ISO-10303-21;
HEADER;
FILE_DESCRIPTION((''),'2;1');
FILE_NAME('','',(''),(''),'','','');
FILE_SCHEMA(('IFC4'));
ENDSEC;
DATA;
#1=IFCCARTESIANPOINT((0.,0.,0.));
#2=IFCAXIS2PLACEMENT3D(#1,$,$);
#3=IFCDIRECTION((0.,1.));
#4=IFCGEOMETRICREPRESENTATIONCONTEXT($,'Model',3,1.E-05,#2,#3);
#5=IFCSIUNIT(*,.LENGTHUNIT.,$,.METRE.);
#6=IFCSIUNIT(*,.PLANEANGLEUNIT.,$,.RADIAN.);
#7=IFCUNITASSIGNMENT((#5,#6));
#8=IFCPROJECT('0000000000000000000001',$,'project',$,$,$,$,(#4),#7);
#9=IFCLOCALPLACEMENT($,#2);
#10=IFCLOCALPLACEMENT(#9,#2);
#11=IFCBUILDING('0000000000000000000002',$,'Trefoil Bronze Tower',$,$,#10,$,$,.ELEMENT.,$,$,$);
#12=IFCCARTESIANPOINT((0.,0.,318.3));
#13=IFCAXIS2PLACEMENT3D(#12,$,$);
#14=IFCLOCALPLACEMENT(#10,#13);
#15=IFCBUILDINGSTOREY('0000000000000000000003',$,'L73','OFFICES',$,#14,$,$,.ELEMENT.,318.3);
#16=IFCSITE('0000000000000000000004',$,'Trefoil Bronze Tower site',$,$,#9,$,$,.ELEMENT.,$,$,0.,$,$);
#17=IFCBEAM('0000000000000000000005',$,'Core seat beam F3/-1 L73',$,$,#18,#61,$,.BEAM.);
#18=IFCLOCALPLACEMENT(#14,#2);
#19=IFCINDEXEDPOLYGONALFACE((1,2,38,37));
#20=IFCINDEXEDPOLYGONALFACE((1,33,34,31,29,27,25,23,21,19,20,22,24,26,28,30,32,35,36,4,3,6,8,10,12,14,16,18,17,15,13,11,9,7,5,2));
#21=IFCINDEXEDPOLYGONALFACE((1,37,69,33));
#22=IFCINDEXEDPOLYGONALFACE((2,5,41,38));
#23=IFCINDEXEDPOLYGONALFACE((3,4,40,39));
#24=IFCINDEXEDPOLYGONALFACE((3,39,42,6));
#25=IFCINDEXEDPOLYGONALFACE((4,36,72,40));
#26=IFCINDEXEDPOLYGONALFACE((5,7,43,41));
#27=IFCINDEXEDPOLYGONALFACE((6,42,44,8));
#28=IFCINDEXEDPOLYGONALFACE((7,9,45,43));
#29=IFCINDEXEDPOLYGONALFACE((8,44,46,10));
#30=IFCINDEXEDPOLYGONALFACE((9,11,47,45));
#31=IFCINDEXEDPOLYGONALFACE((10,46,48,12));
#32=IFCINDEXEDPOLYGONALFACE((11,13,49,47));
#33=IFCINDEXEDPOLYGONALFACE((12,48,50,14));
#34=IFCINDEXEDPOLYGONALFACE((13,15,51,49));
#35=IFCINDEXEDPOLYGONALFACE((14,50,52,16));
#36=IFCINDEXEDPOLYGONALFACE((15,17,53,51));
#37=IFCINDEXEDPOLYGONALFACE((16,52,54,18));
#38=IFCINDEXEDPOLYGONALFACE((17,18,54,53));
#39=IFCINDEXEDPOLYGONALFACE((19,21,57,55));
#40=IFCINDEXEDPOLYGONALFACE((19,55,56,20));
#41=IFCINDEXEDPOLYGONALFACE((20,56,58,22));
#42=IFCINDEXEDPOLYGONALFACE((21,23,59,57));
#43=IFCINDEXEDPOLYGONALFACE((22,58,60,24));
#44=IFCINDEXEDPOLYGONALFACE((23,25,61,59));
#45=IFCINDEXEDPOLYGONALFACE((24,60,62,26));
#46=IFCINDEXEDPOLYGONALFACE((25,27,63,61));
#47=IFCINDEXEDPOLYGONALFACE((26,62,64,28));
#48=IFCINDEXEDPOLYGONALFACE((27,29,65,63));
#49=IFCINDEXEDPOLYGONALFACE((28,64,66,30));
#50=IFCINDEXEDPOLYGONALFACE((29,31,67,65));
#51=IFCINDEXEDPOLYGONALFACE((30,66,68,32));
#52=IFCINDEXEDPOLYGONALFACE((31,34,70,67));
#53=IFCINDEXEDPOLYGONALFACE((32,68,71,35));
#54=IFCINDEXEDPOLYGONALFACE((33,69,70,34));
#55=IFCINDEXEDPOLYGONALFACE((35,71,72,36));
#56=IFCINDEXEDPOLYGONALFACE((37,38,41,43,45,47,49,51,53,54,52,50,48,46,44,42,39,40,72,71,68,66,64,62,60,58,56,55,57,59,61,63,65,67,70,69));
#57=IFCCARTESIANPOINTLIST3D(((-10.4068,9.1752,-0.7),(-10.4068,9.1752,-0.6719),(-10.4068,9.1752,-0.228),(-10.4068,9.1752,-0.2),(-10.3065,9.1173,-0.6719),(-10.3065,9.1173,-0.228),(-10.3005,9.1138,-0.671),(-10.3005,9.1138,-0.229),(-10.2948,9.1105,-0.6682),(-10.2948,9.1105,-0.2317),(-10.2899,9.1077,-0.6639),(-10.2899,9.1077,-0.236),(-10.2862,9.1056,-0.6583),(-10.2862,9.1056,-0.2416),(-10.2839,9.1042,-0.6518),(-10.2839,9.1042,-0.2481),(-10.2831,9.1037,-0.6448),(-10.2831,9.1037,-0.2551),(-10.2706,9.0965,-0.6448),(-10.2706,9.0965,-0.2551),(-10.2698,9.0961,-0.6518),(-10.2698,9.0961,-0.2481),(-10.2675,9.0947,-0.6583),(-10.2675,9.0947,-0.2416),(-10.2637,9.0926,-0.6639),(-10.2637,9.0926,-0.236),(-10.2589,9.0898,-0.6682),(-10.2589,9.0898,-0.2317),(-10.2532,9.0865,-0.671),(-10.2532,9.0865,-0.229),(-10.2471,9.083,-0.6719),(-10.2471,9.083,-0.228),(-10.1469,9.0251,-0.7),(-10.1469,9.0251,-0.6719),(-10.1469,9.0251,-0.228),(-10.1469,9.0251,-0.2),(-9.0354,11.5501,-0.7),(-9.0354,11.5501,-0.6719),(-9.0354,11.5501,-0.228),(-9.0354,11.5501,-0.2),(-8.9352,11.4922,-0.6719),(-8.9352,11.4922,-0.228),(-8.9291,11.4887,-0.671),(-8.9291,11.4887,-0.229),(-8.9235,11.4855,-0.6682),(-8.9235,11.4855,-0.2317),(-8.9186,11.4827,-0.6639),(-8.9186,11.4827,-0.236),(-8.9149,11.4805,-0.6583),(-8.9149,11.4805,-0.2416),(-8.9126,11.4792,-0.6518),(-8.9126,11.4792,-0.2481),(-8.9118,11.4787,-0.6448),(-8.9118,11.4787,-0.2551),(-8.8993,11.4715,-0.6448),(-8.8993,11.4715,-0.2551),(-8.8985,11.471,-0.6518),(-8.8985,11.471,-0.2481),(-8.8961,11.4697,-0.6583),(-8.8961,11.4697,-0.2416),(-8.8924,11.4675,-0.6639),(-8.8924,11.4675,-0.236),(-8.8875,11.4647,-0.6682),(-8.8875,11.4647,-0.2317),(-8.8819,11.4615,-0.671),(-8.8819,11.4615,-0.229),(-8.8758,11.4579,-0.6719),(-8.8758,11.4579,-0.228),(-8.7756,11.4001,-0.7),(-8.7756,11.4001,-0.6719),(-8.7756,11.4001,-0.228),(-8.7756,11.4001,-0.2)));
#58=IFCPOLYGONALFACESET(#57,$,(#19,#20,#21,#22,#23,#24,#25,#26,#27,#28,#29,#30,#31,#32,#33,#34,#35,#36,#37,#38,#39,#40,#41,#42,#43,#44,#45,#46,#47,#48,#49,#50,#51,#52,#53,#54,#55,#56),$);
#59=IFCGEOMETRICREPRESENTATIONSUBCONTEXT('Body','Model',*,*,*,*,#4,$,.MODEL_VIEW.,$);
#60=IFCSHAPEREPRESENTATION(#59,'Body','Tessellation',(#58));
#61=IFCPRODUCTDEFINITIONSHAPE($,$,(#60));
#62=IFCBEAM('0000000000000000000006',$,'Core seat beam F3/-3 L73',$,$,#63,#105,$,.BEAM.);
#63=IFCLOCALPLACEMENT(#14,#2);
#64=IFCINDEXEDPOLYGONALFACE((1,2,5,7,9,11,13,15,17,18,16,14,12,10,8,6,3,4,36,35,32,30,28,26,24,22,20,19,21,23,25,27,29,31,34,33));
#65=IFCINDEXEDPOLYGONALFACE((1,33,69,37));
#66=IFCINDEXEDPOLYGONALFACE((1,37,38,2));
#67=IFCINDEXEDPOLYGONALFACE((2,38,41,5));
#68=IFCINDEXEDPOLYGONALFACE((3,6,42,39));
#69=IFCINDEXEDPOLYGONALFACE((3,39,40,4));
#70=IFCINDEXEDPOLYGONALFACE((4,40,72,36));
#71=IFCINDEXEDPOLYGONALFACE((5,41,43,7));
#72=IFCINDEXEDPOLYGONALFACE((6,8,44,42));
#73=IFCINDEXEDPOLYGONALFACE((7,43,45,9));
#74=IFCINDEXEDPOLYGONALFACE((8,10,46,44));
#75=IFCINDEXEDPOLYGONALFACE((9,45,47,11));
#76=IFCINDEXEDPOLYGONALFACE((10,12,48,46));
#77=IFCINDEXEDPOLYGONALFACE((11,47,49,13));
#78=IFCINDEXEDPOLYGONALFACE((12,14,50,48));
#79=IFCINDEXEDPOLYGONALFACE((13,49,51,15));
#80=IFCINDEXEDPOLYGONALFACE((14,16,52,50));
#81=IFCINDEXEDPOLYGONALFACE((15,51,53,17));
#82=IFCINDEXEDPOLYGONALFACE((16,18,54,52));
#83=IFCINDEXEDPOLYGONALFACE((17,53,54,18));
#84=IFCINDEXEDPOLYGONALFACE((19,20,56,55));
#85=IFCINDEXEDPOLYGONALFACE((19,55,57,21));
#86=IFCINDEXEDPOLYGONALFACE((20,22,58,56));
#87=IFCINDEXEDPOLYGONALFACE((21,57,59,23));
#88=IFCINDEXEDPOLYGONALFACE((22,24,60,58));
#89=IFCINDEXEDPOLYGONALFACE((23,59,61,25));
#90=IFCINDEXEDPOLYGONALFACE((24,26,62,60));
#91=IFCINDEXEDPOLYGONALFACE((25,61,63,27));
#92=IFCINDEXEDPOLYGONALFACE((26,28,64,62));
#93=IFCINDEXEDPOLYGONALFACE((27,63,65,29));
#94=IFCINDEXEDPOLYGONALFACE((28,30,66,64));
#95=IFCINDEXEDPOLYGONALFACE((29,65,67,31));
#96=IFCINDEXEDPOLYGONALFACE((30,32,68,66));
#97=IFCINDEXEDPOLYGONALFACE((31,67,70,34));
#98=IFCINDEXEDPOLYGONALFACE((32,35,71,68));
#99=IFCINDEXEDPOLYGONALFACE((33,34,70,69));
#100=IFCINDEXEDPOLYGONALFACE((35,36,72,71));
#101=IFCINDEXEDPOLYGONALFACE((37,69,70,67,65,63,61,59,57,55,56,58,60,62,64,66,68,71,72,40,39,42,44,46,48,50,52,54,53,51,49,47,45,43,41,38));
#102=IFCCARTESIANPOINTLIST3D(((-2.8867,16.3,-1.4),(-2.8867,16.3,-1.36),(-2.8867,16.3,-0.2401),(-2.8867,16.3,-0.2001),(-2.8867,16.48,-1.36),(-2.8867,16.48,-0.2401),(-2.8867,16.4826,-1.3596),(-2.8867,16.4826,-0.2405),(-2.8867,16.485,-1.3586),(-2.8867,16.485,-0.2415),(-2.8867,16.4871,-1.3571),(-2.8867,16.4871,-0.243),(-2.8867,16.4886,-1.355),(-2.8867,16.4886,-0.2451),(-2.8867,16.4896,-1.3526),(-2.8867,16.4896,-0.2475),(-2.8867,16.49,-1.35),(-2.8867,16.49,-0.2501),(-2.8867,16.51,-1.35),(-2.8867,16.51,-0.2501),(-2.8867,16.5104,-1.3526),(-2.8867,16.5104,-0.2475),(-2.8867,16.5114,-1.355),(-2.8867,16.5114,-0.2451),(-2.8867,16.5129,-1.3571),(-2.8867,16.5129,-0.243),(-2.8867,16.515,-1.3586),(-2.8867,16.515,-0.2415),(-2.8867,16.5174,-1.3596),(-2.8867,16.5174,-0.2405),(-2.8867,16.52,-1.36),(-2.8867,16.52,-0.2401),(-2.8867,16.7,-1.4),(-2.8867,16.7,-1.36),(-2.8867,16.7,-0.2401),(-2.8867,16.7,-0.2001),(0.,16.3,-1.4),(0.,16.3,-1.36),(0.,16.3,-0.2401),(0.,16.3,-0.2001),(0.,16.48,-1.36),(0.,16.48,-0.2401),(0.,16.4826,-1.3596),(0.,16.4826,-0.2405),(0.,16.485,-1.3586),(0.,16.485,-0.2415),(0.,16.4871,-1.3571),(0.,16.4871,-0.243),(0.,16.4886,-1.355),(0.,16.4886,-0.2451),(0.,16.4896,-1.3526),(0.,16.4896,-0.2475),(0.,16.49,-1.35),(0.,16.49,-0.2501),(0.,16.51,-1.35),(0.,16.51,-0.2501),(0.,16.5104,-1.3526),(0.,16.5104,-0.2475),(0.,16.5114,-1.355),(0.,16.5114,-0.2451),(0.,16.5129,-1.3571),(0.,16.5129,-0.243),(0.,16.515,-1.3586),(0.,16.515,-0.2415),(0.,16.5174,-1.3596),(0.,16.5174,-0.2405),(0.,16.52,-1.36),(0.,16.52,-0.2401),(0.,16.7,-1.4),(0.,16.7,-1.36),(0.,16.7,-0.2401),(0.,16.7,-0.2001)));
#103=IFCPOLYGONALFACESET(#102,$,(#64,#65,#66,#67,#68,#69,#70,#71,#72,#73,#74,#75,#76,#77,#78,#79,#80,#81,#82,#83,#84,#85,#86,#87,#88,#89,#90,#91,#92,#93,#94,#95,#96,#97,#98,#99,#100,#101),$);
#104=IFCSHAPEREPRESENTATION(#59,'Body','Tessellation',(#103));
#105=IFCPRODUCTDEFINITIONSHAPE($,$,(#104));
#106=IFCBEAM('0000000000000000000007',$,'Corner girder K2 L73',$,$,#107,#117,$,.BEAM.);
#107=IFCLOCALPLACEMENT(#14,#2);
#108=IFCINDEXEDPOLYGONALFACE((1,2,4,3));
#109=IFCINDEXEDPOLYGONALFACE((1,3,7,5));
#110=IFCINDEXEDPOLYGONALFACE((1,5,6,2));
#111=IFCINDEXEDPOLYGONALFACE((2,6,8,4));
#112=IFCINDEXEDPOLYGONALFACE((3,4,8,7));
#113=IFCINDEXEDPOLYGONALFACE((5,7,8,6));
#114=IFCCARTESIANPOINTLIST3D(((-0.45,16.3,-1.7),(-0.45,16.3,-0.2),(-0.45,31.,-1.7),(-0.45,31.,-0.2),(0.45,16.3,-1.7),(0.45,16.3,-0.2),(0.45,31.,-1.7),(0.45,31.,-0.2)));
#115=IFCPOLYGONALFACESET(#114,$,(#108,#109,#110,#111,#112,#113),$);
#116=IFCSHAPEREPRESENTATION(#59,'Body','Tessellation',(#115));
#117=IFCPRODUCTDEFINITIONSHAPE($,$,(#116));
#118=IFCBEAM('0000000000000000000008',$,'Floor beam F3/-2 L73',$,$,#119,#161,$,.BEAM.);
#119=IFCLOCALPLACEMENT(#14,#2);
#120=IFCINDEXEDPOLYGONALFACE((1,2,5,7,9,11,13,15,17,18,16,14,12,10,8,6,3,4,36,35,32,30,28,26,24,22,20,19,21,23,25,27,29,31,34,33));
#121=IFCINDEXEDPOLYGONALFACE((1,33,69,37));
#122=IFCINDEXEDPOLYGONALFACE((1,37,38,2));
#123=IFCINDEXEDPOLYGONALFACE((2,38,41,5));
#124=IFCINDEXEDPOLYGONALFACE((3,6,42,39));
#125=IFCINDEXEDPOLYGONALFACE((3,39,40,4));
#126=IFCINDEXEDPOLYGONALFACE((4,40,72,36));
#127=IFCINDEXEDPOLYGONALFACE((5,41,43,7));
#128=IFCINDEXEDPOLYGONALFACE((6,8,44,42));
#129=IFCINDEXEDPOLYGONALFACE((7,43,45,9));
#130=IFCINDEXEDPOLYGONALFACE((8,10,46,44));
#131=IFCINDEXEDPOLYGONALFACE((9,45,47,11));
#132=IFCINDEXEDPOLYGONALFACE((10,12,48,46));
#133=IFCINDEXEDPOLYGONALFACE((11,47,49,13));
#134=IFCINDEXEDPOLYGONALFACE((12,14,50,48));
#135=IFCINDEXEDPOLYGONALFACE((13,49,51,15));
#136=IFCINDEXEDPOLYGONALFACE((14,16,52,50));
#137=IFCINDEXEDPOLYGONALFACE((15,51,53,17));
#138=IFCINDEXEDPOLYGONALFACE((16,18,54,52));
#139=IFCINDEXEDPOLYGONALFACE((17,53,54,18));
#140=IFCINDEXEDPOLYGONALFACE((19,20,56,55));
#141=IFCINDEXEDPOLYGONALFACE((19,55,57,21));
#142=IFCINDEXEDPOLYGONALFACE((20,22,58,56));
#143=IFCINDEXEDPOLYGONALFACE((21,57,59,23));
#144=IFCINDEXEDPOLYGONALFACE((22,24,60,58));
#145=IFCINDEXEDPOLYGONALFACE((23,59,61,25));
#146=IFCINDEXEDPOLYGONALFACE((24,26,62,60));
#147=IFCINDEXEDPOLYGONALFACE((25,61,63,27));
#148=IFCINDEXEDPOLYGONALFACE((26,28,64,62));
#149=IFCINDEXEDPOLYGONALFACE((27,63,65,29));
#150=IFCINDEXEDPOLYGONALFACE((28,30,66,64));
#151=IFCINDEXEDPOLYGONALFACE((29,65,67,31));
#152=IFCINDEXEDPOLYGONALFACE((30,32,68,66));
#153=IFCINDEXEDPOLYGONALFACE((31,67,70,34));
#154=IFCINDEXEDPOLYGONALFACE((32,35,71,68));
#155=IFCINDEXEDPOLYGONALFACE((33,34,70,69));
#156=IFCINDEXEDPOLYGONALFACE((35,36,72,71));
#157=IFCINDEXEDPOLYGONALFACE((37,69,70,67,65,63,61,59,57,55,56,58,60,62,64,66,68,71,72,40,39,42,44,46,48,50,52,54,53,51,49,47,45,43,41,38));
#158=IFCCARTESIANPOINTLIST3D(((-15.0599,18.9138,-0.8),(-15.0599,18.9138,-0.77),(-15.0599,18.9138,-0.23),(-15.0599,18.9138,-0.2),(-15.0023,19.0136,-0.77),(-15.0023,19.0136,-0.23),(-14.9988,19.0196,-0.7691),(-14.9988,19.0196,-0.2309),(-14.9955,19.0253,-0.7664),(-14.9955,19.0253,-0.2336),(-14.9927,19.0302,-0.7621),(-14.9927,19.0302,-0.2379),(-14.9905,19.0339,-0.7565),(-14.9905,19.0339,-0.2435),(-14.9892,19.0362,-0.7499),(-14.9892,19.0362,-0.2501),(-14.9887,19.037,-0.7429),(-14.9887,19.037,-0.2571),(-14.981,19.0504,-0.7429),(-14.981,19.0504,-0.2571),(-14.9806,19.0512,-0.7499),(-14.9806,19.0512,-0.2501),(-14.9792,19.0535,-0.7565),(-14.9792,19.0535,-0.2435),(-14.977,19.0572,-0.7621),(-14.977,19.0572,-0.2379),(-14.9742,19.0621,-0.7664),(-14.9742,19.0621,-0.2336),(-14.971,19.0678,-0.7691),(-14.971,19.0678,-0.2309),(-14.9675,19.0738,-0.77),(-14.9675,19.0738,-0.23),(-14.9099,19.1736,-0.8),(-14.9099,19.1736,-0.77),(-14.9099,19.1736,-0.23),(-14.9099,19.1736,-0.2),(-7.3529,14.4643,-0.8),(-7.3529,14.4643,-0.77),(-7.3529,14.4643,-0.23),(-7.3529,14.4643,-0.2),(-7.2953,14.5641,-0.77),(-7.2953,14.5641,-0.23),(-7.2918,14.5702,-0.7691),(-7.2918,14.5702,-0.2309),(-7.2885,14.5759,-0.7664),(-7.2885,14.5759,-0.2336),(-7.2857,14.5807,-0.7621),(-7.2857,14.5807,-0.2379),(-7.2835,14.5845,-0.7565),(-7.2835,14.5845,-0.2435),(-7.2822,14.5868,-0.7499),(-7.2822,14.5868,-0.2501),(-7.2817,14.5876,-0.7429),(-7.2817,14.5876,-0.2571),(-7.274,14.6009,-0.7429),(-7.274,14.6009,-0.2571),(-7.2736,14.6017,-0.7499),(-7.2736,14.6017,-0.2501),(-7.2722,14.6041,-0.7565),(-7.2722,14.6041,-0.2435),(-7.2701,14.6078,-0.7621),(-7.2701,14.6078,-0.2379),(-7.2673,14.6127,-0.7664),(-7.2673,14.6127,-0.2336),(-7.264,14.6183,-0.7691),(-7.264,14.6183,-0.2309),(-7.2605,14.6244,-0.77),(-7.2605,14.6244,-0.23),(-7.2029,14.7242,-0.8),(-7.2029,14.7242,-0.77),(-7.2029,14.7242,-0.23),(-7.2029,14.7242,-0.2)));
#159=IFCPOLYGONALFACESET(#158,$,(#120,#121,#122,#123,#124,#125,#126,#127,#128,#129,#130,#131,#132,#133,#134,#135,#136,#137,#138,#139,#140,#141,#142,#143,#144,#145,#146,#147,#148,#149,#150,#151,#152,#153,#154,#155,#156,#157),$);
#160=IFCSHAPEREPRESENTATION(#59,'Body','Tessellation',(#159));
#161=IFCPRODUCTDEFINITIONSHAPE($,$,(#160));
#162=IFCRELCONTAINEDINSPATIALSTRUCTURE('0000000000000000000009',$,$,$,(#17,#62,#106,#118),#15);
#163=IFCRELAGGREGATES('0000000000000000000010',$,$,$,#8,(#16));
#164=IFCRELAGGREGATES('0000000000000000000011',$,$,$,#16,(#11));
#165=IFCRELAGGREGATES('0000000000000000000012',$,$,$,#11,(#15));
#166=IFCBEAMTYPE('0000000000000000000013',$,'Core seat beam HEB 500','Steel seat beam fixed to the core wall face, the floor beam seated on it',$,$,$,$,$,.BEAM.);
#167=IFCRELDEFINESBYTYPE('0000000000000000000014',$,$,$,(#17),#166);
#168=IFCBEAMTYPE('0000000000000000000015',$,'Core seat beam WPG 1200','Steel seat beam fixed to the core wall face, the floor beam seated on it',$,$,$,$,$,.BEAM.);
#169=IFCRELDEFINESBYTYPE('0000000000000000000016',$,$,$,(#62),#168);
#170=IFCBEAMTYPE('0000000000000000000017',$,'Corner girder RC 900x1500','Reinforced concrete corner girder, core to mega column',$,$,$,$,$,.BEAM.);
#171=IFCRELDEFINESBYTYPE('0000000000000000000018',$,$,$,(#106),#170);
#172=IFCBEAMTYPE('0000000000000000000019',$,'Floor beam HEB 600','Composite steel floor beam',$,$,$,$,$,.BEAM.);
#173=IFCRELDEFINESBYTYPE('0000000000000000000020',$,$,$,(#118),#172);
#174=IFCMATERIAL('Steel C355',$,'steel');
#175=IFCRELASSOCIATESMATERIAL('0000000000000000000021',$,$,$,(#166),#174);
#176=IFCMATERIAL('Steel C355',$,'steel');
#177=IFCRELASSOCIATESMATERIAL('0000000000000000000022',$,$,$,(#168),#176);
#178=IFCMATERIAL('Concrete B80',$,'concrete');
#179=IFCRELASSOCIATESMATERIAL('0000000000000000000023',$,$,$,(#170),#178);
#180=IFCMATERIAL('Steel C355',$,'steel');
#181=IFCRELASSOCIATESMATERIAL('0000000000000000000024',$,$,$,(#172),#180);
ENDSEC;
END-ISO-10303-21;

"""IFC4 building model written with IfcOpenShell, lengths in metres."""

from ifc_helpers import new_model, si_unit, direction, frame, origin, origin_2d, place, context, subcontext, project, spatial, rectangle, i_section, extrude, material, material_profile, profile_set, type_object, element, save


model = new_model("IFC4")

# Units and contexts
model_context = context("Model", 3, precision=1e-05, world=origin(), true_north=direction((0.0, 1.0)))
body_context = subcontext(model_context, "Body", "Model", "MODEL_VIEW")
ifc_project = project(units=[si_unit("LENGTHUNIT", "METRE"), si_unit("PLANEANGLEUNIT", "RADIAN")], contexts=[model_context])

# Site, building, storey
site_placement = place(None, origin())
site = spatial("IfcSite", under=ifc_project, at=site_placement, Name="Trefoil Bronze Tower site", CompositionType="ELEMENT", RefElevation=0.0)
building_placement = place(site_placement, origin())
building = spatial("IfcBuilding", under=site, at=building_placement, Name="Trefoil Bronze Tower", CompositionType="ELEMENT")
storey_placement = place(building_placement, frame((0.0, 0.0, 318.3)))
storey = spatial("IfcBuildingStorey", under=building, at=storey_placement, Name="L73", Description="OFFICES", CompositionType="ELEMENT", Elevation=318.3)

# Beams
ifc_material_1 = material(Name="Steel C355", Category="steel")
ifc_material_profile_1 = material_profile(ifc_material_1, i_section(OverallWidth=0.3, OverallDepth=0.5, WebThickness=0.0144, FlangeThickness=0.0281, FilletRadius=0.0271, at=origin_2d()), Name="HEB 500")
ifc_profile_set_1 = profile_set([ifc_material_profile_1], Name="Steel C355")
beam_type_1 = type_object("IfcBeamType", Name="Core seat beam HEB 500", Description="Steel seat beam fixed to the core wall face, the floor beam seated on it", PredefinedType="BEAM", material=ifc_profile_set_1)
for number, where, z_axis, x_axis, name in (
    (1, (-8.9055, 11.4751, -0.45), (-0.500036, -0.866005, 0.0), (0.866005, -0.500036, 0.0), "Core seat beam F3/-1 L73"),
):
    element("IfcBeam", number, at=place(storey_placement, frame(where, z_axis=z_axis, x_axis=x_axis)), inside=storey, type_object=beam_type_1, Name=name, PredefinedType="BEAM", context=body_context, shape_type="SweptSolid", body=[
        extrude(i_section(OverallWidth=0.3, OverallDepth=0.5, WebThickness=0.0144, FlangeThickness=0.0281, FilletRadius=0.0271, at=origin_2d()), origin(), (0.0, 0.0, 1.0), 2.7424),
    ])
ifc_material_2 = material(Name="Steel C355", Category="steel")
ifc_material_profile_2 = material_profile(ifc_material_2, i_section(OverallWidth=0.3999, OverallDepth=1.2, WebThickness=0.02, FlangeThickness=0.04, FilletRadius=0.01, at=origin_2d()), Name="WPG 1200")
ifc_profile_set_2 = profile_set([ifc_material_profile_2], Name="Steel C355")
beam_type_2 = type_object("IfcBeamType", Name="Core seat beam WPG 1200", Description="Steel seat beam fixed to the core wall face, the floor beam seated on it", PredefinedType="BEAM", material=ifc_profile_set_2)
beam_1_placement = place(storey_placement, frame((0.0, 16.5, -0.8), z_axis=(-1.0, 0.0, 0.0), x_axis=(0.0, -1.0, 0.0)))
element("IfcBeam", 2, at=beam_1_placement, inside=storey, type_object=beam_type_2, Name="Core seat beam F3/-3 L73", PredefinedType="BEAM", context=body_context, shape_type="SweptSolid", body=[
    extrude(i_section(OverallWidth=0.3999, OverallDepth=1.2, WebThickness=0.02, FlangeThickness=0.04, FilletRadius=0.01, at=origin_2d()), origin(), (0.0, 0.0, 1.0), 2.8867),
])
ifc_material_3 = material(Name="Concrete B80", Category="concrete")
ifc_material_profile_3 = material_profile(ifc_material_3, rectangle(XDim=0.8999, YDim=1.5, at=origin_2d()), Name="RC 900x1500")
ifc_profile_set_3 = profile_set([ifc_material_profile_3], Name="Concrete B80")
beam_type_3 = type_object("IfcBeamType", Name="Corner girder RC 900x1500", Description="Reinforced concrete corner girder, core to mega column", PredefinedType="BEAM", material=ifc_profile_set_3)
beam_2_placement = place(storey_placement, frame((0.0, 16.3, -0.95), z_axis=(0.0, 1.0, 0.0), x_axis=(-1.0, 0.0, 0.0)))
element("IfcBeam", 3, at=beam_2_placement, inside=storey, type_object=beam_type_3, Name="Corner girder K2 L73", PredefinedType="BEAM", context=body_context, shape_type="SweptSolid", body=[
    extrude(rectangle(XDim=0.8999, YDim=1.5, at=origin_2d()), origin(), (0.0, 0.0, 1.0), 14.7),
])
ifc_material_4 = material(Name="Steel C355", Category="steel")
ifc_material_profile_4 = material_profile(ifc_material_4, i_section(OverallWidth=0.3, OverallDepth=0.6001, WebThickness=0.0154, FlangeThickness=0.03, FilletRadius=0.0271, at=origin_2d()), Name="HEB 600")
ifc_profile_set_4 = profile_set([ifc_material_profile_4], Name="Steel C355")
beam_type_4 = type_object("IfcBeamType", Name="Floor beam HEB 600", Description="Composite steel floor beam", PredefinedType="BEAM", material=ifc_profile_set_4)
beam_3_placement = place(storey_placement, frame((-14.9849, 19.0437, -0.5), z_axis=(0.866035, -0.499984, 0.0), x_axis=(0.499984, 0.866035, 0.0)))
element("IfcBeam", 4, at=beam_3_placement, inside=storey, type_object=beam_type_4, Name="Floor beam F3/-2 L73", PredefinedType="BEAM", context=body_context, shape_type="SweptSolid", body=[
    extrude(i_section(OverallWidth=0.3, OverallDepth=0.6001, WebThickness=0.0154, FlangeThickness=0.03, FilletRadius=0.0271, at=origin_2d()), origin(), (0.0, 0.0, 1.0), 8.8992),
])

save(model, "model.ifc")
